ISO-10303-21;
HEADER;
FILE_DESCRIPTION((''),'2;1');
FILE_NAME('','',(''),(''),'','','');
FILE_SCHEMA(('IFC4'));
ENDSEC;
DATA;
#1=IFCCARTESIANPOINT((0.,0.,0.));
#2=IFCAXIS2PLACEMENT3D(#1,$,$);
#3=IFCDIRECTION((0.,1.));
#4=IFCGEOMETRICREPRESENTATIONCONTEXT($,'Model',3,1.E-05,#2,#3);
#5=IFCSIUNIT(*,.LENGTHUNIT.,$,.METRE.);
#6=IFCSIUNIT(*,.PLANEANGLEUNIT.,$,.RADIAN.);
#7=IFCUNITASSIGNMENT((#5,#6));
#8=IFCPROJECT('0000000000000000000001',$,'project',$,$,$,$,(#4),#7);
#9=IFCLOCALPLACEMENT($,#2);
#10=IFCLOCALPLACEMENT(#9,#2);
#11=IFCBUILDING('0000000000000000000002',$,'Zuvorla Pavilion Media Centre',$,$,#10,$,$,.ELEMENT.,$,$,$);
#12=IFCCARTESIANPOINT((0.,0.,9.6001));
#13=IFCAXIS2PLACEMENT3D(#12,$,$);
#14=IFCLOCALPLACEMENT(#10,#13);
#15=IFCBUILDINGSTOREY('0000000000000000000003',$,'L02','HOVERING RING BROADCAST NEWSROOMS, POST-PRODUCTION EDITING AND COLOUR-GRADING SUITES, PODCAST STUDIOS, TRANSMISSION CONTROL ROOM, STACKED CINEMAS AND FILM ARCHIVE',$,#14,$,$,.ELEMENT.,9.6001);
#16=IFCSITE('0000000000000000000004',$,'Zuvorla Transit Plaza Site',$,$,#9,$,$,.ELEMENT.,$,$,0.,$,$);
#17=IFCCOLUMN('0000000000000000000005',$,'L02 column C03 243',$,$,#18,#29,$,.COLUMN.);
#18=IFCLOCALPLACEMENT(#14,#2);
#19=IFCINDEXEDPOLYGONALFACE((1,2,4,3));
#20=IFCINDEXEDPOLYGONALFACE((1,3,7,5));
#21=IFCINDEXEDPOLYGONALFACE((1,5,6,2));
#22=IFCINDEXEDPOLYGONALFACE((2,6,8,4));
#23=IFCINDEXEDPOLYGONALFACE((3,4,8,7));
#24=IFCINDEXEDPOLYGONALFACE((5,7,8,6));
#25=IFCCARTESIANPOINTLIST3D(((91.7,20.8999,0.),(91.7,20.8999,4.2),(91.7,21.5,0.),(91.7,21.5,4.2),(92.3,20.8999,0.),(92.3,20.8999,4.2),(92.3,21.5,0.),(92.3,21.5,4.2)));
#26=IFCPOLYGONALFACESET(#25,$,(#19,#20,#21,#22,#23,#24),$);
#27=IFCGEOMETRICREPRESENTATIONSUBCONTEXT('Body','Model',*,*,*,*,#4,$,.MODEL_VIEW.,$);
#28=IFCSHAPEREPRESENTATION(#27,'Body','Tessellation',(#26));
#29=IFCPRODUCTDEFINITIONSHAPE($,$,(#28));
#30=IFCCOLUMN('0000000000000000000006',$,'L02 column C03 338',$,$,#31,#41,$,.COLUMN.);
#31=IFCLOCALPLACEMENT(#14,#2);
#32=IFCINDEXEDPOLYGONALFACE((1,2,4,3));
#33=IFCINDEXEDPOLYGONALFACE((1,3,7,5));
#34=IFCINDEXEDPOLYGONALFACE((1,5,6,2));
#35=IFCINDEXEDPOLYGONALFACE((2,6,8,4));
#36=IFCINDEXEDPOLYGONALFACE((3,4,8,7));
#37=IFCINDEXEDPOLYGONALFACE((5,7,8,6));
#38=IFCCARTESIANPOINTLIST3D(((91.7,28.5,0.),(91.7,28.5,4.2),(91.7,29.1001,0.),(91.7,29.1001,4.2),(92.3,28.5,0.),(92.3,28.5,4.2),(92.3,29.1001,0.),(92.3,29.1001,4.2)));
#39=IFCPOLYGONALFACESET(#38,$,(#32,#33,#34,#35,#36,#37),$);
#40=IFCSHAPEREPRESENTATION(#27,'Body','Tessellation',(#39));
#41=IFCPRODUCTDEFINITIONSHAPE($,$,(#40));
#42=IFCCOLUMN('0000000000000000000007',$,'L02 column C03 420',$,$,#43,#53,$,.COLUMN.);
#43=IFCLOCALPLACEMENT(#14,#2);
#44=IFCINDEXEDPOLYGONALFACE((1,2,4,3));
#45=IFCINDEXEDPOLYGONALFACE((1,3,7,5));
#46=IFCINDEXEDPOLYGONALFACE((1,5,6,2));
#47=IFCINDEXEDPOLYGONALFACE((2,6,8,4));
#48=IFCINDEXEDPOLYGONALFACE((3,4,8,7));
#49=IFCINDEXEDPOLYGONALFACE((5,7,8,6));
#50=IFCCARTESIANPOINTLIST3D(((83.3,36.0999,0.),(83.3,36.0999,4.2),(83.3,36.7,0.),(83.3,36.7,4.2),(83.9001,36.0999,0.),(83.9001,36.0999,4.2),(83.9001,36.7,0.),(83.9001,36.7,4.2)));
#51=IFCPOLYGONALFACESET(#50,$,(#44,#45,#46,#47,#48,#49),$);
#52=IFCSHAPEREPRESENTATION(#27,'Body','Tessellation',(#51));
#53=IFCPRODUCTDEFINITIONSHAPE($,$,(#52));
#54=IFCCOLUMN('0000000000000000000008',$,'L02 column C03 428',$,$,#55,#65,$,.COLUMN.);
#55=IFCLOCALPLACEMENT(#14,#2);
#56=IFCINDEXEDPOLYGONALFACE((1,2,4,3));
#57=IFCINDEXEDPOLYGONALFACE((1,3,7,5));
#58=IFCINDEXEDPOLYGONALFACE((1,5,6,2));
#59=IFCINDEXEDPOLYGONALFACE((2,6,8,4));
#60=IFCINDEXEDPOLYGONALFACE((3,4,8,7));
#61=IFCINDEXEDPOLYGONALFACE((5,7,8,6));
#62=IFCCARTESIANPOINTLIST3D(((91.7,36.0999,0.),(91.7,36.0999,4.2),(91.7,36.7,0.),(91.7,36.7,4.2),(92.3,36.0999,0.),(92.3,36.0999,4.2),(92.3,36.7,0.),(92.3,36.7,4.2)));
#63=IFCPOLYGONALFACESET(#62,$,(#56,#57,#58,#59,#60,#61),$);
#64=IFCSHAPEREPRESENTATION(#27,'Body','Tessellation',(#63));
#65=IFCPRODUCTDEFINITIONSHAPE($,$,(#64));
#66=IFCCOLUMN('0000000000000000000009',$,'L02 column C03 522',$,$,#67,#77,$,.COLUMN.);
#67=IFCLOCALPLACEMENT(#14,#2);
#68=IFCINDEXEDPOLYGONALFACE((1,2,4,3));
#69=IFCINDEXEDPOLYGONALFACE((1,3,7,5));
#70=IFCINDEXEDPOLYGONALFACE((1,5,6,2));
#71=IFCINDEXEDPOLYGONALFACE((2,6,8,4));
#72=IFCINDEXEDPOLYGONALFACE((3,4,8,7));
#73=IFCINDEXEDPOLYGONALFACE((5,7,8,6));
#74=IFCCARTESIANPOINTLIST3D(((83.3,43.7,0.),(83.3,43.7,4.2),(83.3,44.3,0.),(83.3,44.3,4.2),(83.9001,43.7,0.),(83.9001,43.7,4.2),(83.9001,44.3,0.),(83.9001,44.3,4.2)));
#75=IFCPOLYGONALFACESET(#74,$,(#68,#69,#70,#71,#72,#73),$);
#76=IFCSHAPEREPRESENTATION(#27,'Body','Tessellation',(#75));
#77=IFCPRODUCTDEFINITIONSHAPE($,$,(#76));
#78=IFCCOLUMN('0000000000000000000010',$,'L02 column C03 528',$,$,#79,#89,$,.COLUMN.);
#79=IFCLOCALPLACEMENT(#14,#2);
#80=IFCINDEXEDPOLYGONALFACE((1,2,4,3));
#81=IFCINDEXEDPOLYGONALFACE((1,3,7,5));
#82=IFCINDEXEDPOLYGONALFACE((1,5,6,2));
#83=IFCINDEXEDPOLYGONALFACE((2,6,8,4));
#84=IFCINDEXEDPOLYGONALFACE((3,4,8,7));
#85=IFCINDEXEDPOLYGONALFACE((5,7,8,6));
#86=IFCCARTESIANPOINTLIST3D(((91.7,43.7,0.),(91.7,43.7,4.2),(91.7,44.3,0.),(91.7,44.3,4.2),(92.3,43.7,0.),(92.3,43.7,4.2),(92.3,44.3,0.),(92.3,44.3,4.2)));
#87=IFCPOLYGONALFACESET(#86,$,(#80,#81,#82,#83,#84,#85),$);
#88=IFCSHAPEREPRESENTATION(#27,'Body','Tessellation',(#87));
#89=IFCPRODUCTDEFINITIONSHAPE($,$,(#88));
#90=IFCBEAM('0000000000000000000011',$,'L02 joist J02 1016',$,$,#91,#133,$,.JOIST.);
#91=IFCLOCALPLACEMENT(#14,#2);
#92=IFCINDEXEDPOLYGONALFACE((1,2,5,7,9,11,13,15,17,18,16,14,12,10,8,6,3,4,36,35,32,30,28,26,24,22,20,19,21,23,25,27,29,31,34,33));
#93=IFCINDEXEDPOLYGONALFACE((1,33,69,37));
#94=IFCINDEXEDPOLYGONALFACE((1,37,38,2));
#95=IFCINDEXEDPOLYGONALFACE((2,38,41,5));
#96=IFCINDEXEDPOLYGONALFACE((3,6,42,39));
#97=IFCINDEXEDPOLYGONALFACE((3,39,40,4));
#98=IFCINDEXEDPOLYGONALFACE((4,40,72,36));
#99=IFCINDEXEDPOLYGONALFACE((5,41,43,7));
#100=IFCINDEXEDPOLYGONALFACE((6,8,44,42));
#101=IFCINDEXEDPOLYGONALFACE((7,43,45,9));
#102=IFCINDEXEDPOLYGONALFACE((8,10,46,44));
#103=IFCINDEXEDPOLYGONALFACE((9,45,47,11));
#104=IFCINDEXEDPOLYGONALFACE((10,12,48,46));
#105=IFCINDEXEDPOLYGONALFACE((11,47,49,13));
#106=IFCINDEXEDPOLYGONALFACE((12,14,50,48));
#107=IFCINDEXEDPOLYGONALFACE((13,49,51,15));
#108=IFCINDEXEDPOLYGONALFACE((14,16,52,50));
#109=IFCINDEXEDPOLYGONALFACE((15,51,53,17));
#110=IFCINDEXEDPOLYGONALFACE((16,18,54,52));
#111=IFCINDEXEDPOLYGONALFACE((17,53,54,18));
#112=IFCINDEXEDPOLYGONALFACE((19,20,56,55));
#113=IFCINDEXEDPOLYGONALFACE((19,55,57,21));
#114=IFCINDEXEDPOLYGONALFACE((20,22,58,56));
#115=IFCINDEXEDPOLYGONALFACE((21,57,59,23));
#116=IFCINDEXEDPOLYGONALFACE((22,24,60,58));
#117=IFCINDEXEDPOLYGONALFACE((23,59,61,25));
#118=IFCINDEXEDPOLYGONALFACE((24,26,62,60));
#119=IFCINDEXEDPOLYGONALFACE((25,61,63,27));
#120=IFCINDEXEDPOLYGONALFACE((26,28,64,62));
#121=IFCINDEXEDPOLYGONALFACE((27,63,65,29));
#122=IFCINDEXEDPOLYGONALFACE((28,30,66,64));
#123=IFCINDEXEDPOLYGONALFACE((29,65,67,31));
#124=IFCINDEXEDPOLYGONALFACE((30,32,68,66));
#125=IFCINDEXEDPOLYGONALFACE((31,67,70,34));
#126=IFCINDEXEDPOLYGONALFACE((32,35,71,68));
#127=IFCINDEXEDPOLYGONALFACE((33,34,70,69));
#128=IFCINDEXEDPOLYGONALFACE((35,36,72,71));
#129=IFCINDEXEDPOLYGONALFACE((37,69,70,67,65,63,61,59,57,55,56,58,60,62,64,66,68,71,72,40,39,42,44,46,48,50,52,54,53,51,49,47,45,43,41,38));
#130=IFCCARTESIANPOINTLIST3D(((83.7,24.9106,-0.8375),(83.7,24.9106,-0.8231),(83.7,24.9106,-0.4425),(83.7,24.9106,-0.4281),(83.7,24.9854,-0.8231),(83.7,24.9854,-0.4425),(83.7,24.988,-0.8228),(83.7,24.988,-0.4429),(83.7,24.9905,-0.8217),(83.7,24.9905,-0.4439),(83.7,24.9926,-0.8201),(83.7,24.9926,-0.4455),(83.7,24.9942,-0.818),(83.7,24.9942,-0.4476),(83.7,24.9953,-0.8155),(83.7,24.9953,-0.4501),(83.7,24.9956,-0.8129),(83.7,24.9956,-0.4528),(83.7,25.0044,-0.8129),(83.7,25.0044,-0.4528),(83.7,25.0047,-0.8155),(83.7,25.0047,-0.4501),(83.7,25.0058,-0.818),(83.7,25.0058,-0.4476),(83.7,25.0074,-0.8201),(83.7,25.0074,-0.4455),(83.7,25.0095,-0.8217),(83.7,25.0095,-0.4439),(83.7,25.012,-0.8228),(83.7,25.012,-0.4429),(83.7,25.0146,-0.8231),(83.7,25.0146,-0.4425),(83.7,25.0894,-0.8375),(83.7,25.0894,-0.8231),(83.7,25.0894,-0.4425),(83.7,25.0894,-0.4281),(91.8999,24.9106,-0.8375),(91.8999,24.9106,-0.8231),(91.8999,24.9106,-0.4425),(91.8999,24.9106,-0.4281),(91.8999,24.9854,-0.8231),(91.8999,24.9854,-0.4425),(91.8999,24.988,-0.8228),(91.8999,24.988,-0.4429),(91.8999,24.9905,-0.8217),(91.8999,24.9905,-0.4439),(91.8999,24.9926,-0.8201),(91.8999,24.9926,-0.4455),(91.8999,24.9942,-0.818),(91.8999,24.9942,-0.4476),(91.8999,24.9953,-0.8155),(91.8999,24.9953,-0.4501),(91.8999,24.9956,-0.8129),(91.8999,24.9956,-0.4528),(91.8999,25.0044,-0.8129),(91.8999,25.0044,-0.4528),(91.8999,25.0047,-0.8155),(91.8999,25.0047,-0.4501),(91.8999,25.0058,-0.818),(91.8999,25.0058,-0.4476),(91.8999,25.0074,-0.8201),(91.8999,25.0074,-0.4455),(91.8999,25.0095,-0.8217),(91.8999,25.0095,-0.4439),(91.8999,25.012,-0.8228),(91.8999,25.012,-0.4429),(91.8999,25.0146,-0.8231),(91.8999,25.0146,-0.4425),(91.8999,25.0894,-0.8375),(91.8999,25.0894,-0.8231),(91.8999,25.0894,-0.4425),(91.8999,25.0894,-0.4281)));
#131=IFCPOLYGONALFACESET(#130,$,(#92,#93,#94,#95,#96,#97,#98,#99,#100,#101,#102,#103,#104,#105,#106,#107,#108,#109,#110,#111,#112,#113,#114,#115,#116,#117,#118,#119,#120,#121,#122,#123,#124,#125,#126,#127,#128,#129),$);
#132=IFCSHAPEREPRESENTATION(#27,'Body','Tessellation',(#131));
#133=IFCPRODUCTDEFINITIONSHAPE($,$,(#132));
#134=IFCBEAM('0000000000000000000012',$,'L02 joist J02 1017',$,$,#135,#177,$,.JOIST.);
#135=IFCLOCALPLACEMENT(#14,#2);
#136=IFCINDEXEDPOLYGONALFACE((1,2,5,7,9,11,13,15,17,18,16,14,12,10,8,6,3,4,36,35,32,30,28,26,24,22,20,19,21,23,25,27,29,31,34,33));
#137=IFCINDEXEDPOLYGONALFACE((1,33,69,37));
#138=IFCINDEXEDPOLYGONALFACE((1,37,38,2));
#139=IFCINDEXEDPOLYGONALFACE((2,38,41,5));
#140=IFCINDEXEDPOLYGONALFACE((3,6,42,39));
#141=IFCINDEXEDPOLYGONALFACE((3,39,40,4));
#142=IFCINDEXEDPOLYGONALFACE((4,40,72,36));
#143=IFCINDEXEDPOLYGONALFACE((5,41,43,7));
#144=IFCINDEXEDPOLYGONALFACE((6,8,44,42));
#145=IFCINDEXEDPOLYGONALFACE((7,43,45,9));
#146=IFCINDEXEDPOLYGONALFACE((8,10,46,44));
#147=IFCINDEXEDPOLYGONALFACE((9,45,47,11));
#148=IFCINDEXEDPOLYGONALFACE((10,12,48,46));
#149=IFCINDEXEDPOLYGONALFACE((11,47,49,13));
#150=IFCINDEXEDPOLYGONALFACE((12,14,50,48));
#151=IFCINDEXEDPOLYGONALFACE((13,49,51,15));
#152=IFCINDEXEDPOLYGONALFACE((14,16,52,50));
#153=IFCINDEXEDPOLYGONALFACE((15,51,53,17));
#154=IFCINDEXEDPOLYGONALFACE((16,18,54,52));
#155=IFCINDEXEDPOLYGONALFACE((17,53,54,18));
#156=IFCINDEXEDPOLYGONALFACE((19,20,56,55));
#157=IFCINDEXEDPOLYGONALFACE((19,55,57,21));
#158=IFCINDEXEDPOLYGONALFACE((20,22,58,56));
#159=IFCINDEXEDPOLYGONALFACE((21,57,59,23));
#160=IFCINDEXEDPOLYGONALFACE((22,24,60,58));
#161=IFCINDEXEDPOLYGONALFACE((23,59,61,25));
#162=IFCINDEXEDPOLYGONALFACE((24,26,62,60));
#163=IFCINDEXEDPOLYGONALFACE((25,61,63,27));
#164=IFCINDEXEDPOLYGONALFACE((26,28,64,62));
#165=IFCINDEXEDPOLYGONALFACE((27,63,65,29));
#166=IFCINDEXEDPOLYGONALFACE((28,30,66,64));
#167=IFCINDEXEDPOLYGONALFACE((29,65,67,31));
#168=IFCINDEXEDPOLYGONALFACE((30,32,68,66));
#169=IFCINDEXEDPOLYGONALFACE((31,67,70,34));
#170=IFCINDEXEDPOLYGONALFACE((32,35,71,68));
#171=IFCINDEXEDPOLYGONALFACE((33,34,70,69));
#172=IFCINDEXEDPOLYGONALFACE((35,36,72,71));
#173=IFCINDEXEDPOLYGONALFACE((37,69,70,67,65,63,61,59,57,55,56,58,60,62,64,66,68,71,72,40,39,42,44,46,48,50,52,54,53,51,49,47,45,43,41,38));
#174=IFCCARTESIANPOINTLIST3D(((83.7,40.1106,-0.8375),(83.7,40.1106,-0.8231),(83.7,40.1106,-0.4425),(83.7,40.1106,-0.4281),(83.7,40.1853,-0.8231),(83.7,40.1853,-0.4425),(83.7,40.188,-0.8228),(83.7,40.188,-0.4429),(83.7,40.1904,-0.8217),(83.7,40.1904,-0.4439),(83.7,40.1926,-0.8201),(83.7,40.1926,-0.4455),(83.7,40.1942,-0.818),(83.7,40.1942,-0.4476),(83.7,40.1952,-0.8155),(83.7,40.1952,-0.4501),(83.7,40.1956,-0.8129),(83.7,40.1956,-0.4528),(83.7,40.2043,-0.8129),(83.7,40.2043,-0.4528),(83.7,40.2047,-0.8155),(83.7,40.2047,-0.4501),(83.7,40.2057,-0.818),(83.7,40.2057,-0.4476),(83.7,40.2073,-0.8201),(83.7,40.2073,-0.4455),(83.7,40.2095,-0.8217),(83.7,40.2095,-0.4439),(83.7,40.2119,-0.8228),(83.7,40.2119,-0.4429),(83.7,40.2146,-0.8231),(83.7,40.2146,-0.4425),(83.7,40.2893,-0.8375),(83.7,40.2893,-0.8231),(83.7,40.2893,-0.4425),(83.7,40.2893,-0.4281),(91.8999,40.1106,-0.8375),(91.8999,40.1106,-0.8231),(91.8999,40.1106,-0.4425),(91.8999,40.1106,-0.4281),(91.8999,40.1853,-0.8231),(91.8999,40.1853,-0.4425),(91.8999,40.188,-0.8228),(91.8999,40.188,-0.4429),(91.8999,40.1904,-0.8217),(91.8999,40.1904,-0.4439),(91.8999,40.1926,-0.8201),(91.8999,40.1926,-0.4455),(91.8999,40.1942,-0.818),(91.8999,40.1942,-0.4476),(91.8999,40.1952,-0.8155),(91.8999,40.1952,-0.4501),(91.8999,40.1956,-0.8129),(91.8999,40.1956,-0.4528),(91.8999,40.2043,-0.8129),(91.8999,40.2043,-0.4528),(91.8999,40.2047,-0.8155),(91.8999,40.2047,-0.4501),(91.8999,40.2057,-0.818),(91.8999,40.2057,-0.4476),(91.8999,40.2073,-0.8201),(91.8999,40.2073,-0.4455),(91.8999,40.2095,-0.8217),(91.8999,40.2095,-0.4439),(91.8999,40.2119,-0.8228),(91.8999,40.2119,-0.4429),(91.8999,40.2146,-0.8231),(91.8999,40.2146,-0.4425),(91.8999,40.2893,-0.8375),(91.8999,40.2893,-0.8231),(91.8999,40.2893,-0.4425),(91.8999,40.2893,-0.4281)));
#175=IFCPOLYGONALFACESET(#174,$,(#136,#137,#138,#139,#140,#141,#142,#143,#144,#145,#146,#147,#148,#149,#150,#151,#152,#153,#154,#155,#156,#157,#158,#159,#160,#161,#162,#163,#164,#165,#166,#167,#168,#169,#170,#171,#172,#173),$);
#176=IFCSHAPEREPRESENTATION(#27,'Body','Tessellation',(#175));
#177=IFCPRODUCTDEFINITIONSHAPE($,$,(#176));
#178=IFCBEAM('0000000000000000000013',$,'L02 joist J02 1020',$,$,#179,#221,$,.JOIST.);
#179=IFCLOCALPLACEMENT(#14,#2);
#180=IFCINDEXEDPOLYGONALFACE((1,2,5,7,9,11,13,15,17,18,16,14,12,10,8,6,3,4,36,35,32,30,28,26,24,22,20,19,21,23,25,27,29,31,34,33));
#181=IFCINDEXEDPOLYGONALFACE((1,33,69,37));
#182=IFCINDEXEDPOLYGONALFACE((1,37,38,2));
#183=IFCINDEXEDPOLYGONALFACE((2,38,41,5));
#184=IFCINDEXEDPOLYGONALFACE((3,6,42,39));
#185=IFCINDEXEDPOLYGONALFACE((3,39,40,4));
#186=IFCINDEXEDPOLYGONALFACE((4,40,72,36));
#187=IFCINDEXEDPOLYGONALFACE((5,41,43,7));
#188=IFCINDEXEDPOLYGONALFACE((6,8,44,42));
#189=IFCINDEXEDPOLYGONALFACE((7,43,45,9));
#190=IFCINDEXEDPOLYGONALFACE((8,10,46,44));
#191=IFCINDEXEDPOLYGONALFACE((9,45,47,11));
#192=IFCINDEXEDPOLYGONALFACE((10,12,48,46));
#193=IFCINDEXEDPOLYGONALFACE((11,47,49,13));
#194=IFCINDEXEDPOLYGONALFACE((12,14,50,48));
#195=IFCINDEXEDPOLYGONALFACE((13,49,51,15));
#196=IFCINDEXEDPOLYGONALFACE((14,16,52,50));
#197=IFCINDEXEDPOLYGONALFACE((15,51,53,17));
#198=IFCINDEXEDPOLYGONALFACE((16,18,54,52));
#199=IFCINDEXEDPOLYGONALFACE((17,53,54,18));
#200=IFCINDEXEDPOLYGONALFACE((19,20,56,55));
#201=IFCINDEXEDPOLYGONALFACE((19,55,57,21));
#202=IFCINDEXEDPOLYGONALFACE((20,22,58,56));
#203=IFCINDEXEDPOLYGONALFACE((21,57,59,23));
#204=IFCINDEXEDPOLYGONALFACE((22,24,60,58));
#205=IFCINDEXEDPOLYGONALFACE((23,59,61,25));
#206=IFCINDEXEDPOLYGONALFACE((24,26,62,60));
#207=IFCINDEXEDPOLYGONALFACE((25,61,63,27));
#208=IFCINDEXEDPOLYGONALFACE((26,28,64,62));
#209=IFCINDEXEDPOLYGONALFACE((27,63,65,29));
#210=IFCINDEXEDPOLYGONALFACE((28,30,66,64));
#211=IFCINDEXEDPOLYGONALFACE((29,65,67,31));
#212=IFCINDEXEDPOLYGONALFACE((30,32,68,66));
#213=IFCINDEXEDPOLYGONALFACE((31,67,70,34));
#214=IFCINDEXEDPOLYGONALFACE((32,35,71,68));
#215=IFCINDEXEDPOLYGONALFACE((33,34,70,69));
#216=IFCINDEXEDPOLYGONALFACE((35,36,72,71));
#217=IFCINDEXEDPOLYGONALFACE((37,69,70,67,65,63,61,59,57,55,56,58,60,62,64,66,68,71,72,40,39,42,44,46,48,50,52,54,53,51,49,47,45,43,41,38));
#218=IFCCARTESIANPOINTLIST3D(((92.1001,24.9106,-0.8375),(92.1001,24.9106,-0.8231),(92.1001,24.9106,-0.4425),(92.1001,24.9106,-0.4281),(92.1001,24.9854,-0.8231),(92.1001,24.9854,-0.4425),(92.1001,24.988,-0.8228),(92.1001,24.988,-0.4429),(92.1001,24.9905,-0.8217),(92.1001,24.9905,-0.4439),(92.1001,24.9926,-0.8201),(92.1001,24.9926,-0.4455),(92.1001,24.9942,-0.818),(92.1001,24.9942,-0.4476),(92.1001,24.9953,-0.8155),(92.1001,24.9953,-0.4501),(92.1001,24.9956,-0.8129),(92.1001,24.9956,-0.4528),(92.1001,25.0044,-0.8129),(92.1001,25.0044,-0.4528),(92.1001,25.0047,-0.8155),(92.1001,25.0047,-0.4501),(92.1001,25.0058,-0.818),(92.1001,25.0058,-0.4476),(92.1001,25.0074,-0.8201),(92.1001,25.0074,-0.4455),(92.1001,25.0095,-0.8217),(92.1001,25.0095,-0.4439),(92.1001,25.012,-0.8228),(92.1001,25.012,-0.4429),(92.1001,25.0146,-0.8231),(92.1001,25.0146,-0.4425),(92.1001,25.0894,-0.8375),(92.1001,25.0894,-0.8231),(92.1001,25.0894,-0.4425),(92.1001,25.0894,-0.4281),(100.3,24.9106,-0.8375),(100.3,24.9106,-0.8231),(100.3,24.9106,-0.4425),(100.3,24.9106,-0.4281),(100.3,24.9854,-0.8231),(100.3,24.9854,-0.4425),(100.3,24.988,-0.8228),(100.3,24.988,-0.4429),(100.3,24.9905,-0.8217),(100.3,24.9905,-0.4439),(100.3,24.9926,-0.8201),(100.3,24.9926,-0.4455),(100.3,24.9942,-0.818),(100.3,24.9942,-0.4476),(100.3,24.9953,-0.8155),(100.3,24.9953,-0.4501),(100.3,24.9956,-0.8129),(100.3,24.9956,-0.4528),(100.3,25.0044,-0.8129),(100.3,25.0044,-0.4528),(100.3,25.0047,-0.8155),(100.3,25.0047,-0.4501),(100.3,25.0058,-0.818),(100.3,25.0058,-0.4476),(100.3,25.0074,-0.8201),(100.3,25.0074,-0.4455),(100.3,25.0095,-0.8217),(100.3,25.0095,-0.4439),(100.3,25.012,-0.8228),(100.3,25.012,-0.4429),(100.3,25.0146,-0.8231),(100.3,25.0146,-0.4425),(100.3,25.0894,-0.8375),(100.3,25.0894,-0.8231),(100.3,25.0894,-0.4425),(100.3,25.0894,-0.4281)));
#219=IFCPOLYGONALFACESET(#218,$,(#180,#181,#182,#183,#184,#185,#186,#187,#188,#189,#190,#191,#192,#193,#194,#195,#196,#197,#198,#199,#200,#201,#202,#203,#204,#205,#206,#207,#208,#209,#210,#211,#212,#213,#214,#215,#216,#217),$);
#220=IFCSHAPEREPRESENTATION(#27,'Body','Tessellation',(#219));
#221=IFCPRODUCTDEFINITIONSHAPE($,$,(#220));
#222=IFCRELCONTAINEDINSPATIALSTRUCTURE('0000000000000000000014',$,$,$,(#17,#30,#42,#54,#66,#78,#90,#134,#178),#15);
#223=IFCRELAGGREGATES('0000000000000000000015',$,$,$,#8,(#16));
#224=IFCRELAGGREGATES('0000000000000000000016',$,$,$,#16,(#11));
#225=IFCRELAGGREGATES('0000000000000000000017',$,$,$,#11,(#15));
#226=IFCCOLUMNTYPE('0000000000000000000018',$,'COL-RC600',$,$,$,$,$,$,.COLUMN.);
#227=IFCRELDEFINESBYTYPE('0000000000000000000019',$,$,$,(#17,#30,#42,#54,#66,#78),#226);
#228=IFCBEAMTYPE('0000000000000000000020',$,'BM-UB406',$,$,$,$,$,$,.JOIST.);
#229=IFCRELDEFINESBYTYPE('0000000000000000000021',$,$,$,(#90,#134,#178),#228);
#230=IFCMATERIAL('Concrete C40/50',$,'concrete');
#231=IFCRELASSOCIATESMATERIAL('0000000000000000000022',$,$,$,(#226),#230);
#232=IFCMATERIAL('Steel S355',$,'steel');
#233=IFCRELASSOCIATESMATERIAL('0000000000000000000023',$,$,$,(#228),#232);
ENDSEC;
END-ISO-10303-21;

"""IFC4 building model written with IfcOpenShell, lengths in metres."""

from ifc_helpers import new_model, si_unit, direction, frame, origin, origin_2d, place, context, subcontext, project, spatial, rectangle, i_section, extrude, material, material_profile, profile_set, type_object, element, save


model = new_model("IFC4")

# Units and contexts
model_context = context("Model", 3, precision=1e-05, world=origin(), true_north=direction((0.0, 1.0)))
body_context = subcontext(model_context, "Body", "Model", "MODEL_VIEW")
ifc_project = project(units=[si_unit("LENGTHUNIT", "METRE"), si_unit("PLANEANGLEUNIT", "RADIAN")], contexts=[model_context])

# Site, building, storey
site_placement = place(None, origin())
site = spatial("IfcSite", under=ifc_project, at=site_placement, Name="Zuvorla Transit Plaza Site", CompositionType="ELEMENT", RefElevation=0.0)
building_placement = place(site_placement, origin())
building = spatial("IfcBuilding", under=site, at=building_placement, Name="Zuvorla Pavilion Media Centre", CompositionType="ELEMENT")
storey_placement = place(building_placement, frame((0.0, 0.0, 9.6001)))
storey = spatial("IfcBuildingStorey", under=building, at=storey_placement, Name="L02", Description="HOVERING RING BROADCAST NEWSROOMS, POST-PRODUCTION EDITING AND COLOUR-GRADING SUITES, PODCAST STUDIOS, TRANSMISSION CONTROL ROOM, STACKED CINEMAS AND FILM ARCHIVE", CompositionType="ELEMENT", Elevation=9.6001)

# Columns
ifc_material_1 = material(Name="Concrete C40/50", Category="concrete")
ifc_material_profile_1 = material_profile(ifc_material_1, rectangle(XDim=0.6001, YDim=0.6001, at=origin_2d()), Name="RC 600x600")
ifc_profile_set_1 = profile_set([ifc_material_profile_1], Name="Concrete C40/50")
column_type = type_object("IfcColumnType", Name="COL-RC600", PredefinedType="COLUMN", material=ifc_profile_set_1)
for number, where, z_axis, x_axis, name in (
    (1, (92.0, 21.2, 0.0), (0.0, 0.0, 1.0), (1.0, 0.0, 0.0), "L02 column C03 243"),
    (2, (92.0, 28.8, 0.0), (0.0, 0.0, 1.0), (1.0, 0.0, 0.0), "L02 column C03 338"),
    (3, (83.6001, 36.3999, 0.0), (0.0, 0.0, 1.0), (1.0, 0.0, 0.0), "L02 column C03 420"),
    (4, (92.0, 36.3999, 0.0), (0.0, 0.0, 1.0), (1.0, 0.0, 0.0), "L02 column C03 428"),
    (5, (83.6001, 44.0, 0.0), (0.0, 0.0, 1.0), (1.0, 0.0, 0.0), "L02 column C03 522"),
    (6, (92.0, 44.0, 0.0), (0.0, 0.0, 1.0), (1.0, 0.0, 0.0), "L02 column C03 528"),
):
    element("IfcColumn", number, at=place(storey_placement, frame(where, z_axis=z_axis, x_axis=x_axis)), inside=storey, type_object=column_type, Name=name, PredefinedType="COLUMN", context=body_context, shape_type="SweptSolid", body=[
        extrude(rectangle(XDim=0.6001, YDim=0.6001, at=origin_2d()), origin(), (0.0, 0.0, 1.0), 4.2),
    ])

# Beams
ifc_material_2 = material(Name="Steel S355", Category="steel")
ifc_material_profile_2 = material_profile(ifc_material_2, i_section(OverallWidth=0.1787, OverallDepth=0.4094, WebThickness=0.0088, FlangeThickness=0.0144, FilletRadius=0.0103, at=origin_2d()), Name="UB 406x178x67")
ifc_profile_set_2 = profile_set([ifc_material_profile_2], Name="Steel S355")
beam_type_1 = type_object("IfcBeamType", Name="BM-UB406", PredefinedType="JOIST", material=ifc_profile_set_2)
for number, where, z_axis, x_axis, name in (
    (7, (83.7, 25.0, -0.6328), (1.0, 0.0, 0.0), (0.0, 1.0, 0.0), "L02 joist J02 1016"),
    (8, (83.7, 40.2, -0.6328), (1.0, 0.0, 0.0), (0.0, 1.0, 0.0), "L02 joist J02 1017"),
    (9, (92.1001, 25.0, -0.6328), (1.0, 0.0, 0.0), (0.0, 1.0, 0.0), "L02 joist J02 1020"),
):
    element("IfcBeam", number, at=place(storey_placement, frame(where, z_axis=z_axis, x_axis=x_axis)), inside=storey, type_object=beam_type_1, Name=name, PredefinedType="JOIST", context=body_context, shape_type="SweptSolid", body=[
        extrude(i_section(OverallWidth=0.1787, OverallDepth=0.4094, WebThickness=0.0088, FlangeThickness=0.0144, FilletRadius=0.0103, at=origin_2d()), origin(), (0.0, 0.0, 1.0), 8.2),
    ])

save(model, "model.ifc")
